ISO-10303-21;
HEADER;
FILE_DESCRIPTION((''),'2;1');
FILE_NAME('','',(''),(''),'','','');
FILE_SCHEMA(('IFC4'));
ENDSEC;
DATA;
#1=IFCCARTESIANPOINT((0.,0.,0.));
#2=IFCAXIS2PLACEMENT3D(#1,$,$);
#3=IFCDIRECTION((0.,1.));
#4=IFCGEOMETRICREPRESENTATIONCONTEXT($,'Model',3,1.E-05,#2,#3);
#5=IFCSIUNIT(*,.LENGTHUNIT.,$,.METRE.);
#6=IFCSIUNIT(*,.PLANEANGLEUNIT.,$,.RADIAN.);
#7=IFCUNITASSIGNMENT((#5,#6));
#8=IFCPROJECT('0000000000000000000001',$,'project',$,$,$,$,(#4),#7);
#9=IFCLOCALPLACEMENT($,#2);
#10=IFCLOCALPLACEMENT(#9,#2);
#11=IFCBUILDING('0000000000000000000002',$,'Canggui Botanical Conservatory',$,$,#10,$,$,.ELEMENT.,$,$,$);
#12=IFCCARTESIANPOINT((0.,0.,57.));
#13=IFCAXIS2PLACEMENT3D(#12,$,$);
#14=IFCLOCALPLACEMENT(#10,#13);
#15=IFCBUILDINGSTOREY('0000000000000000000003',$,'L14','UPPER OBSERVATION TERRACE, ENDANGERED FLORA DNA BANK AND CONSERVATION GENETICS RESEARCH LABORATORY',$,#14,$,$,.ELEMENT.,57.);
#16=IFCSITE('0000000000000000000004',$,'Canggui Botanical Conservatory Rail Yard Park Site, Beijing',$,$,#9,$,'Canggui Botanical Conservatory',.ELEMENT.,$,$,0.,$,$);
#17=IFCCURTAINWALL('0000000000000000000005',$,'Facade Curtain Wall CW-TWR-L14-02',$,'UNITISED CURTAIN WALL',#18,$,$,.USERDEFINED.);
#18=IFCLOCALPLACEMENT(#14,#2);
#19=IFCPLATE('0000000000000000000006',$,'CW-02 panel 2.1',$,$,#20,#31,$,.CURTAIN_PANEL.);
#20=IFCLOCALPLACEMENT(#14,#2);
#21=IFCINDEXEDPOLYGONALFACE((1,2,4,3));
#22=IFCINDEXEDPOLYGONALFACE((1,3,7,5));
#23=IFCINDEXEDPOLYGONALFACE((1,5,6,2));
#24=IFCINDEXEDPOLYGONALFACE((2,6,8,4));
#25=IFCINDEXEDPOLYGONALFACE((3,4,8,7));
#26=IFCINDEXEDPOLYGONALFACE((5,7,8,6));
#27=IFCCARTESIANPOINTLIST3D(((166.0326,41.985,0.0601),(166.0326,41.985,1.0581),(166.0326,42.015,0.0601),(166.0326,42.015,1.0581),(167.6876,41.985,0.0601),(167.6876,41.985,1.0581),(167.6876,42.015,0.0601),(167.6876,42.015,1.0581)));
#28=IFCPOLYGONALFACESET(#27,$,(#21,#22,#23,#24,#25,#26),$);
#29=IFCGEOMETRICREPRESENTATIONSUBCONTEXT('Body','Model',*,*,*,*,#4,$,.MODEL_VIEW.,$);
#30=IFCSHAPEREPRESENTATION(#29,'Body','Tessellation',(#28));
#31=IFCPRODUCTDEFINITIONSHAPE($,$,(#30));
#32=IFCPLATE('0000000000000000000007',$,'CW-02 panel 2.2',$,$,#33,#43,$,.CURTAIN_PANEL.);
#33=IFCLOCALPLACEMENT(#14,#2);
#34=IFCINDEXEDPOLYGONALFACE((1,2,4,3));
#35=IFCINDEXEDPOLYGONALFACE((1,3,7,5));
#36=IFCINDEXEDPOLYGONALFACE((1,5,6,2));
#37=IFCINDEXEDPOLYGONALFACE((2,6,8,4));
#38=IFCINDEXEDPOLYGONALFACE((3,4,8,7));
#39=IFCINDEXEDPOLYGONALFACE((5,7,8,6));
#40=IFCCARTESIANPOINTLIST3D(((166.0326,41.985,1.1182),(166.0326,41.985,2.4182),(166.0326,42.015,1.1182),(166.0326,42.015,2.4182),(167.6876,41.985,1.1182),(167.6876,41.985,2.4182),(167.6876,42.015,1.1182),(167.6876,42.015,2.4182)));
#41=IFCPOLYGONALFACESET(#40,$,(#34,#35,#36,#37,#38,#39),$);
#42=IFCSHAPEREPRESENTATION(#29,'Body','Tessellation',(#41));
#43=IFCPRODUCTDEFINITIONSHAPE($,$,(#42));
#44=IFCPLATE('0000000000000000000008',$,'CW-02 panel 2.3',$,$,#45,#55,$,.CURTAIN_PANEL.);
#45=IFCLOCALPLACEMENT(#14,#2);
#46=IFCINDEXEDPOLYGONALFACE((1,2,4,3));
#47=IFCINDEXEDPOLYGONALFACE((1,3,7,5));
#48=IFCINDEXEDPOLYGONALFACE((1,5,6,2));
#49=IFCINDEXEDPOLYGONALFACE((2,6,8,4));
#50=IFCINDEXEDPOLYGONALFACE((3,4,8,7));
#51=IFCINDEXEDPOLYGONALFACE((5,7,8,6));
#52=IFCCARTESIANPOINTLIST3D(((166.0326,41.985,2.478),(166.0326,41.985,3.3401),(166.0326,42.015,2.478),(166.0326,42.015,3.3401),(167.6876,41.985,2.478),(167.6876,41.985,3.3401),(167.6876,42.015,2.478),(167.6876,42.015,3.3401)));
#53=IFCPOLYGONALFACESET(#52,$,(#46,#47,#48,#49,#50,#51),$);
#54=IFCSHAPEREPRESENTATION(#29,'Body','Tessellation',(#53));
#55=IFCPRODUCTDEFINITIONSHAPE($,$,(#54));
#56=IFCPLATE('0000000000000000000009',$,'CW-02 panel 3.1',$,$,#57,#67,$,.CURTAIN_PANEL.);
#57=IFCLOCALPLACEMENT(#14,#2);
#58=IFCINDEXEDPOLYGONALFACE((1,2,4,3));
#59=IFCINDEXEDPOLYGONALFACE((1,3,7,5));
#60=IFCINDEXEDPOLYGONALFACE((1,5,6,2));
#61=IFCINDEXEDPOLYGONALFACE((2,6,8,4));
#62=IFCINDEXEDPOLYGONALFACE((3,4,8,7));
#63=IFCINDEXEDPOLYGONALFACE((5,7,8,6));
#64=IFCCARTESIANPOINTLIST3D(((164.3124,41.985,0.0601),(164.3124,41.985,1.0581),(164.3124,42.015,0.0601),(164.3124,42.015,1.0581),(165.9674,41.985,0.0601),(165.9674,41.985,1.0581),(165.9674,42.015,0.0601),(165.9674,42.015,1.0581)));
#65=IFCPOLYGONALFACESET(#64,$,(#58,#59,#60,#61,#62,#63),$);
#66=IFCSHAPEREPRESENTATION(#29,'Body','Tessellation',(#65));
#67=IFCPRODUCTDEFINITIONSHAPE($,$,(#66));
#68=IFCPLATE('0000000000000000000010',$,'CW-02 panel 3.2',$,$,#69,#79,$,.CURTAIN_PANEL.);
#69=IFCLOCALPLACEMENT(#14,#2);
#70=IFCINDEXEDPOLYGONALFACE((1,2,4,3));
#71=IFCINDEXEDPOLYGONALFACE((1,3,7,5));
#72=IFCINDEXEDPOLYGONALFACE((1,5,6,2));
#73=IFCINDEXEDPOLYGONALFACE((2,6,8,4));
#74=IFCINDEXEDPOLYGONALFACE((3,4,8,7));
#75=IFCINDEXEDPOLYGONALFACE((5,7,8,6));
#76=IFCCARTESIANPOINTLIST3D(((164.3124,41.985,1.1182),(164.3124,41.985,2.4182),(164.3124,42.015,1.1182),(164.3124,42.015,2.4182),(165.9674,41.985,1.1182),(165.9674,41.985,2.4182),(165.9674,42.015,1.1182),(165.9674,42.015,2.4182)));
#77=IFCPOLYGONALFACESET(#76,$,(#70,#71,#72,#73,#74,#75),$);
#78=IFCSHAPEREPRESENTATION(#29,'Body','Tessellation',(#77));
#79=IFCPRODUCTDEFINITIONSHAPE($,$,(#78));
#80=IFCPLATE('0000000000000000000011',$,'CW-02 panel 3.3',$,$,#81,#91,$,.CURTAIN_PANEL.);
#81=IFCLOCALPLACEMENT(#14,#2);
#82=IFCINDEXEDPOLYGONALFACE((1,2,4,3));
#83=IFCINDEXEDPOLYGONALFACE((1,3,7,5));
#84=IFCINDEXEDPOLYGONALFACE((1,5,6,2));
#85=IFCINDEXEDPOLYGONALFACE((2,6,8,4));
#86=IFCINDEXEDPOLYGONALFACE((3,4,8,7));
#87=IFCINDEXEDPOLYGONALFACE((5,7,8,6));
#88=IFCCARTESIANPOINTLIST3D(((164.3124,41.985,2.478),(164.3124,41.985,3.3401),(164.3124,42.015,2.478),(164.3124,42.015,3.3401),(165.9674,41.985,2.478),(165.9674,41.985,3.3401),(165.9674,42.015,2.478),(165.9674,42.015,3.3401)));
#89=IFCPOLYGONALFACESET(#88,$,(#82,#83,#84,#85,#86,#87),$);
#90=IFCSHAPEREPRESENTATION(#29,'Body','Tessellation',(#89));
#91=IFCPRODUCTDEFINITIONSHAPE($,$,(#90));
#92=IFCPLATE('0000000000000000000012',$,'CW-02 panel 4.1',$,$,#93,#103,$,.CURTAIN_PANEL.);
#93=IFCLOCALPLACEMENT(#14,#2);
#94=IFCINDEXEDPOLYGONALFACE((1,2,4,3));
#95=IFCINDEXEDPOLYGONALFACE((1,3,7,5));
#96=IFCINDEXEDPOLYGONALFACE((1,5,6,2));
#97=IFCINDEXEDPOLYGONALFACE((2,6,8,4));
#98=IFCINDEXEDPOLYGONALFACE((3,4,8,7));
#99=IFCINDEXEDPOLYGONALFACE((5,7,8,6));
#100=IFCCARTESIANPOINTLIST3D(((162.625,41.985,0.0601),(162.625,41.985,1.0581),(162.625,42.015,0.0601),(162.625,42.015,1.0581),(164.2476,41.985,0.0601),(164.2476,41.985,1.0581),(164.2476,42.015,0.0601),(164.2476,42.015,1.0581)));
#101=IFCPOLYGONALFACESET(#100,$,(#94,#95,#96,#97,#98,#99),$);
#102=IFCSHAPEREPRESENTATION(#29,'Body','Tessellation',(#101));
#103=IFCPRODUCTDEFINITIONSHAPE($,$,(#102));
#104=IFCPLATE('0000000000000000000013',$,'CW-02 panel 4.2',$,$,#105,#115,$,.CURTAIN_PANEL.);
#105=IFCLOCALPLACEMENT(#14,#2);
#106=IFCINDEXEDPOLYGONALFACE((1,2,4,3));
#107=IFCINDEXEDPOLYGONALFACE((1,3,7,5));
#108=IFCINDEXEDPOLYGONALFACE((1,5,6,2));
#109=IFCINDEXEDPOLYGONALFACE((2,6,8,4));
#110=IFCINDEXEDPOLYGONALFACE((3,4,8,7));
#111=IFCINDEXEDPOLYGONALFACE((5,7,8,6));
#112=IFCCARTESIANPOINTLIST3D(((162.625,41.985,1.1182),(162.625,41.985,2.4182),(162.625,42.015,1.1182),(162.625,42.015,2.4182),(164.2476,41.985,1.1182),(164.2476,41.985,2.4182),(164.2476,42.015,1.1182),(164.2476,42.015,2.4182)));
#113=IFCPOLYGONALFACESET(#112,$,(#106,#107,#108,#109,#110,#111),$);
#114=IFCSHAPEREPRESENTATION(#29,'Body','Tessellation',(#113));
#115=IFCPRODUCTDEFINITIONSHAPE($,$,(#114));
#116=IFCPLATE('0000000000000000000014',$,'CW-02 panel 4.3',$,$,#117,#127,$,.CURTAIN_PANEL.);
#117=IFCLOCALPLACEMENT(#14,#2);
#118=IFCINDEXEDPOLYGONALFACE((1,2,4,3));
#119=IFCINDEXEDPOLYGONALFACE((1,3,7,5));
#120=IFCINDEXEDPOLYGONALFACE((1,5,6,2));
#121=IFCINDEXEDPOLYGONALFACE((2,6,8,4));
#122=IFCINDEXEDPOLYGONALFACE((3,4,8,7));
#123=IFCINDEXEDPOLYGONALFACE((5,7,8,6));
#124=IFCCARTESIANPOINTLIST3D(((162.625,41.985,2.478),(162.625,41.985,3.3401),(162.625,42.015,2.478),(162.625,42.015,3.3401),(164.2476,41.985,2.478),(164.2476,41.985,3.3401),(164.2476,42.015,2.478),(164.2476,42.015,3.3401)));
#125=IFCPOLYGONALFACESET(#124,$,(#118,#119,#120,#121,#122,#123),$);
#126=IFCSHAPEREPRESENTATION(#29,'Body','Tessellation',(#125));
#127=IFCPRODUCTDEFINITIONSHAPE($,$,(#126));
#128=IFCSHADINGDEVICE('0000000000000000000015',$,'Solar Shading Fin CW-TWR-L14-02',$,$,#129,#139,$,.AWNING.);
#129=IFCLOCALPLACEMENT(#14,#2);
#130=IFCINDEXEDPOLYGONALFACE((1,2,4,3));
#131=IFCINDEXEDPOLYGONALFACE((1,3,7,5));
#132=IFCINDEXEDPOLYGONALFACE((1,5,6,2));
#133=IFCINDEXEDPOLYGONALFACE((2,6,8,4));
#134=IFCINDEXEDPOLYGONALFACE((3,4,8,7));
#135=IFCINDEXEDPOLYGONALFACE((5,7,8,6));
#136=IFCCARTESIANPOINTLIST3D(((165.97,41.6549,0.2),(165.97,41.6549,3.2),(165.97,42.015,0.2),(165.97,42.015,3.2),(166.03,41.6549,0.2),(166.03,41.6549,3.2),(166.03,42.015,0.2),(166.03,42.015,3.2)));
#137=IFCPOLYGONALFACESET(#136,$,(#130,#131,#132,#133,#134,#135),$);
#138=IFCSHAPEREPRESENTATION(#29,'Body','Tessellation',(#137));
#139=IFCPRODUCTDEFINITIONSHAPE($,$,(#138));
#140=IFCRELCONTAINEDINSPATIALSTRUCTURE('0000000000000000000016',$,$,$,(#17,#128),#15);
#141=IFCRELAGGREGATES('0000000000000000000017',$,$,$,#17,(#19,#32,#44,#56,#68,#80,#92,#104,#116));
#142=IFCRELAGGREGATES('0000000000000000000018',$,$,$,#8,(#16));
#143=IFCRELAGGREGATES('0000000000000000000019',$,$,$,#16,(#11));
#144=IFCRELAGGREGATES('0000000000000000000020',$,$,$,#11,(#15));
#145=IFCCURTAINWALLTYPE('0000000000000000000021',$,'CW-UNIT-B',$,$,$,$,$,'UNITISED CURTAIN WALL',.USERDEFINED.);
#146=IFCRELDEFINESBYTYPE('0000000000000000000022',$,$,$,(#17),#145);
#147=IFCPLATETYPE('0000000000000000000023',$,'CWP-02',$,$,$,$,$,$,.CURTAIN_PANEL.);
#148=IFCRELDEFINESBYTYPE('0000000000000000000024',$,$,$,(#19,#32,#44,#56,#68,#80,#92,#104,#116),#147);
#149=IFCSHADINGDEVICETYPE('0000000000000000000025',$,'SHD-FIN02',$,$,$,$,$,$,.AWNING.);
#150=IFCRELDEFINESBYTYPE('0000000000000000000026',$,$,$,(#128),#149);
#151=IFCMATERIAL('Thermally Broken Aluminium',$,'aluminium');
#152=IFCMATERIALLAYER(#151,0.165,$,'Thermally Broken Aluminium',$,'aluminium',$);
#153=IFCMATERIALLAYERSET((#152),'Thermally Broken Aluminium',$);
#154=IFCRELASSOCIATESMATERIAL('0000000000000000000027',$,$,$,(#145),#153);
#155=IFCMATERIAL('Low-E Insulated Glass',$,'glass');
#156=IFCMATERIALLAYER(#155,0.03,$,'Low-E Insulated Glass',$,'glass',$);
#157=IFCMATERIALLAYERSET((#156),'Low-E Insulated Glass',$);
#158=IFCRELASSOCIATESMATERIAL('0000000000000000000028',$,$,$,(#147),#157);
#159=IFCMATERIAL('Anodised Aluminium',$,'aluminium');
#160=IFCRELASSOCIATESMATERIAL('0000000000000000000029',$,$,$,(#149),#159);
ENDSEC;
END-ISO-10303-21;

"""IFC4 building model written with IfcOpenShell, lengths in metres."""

from ifc_helpers import new_model, si_unit, direction, frame, origin, origin_2d, place, context, subcontext, project, spatial, rectangle, extrude, material, layer, layer_set, type_object, element, aggregate, save


model = new_model("IFC4")

# Units and contexts
model_context = context("Model", 3, precision=1e-05, world=origin(), true_north=direction((0.0, 1.0)))
body_context = subcontext(model_context, "Body", "Model", "MODEL_VIEW")
ifc_project = project(units=[si_unit("LENGTHUNIT", "METRE"), si_unit("PLANEANGLEUNIT", "RADIAN")], contexts=[model_context])

# Site, building, storey
site_placement = place(None, origin())
site = spatial("IfcSite", under=ifc_project, at=site_placement, Name="Canggui Botanical Conservatory Rail Yard Park Site, Beijing", LongName="Canggui Botanical Conservatory", CompositionType="ELEMENT", RefElevation=0.0)
building_placement = place(site_placement, origin())
building = spatial("IfcBuilding", under=site, at=building_placement, Name="Canggui Botanical Conservatory", CompositionType="ELEMENT")
storey_placement = place(building_placement, frame((0.0, 0.0, 57.0)))
storey = spatial("IfcBuildingStorey", under=building, at=storey_placement, Name="L14", Description="UPPER OBSERVATION TERRACE, ENDANGERED FLORA DNA BANK AND CONSERVATION GENETICS RESEARCH LABORATORY", CompositionType="ELEMENT", Elevation=57.0)

# Curtain wall, plates
ifc_material_1 = material(Name="Thermally Broken Aluminium", Category="aluminium")
ifc_layer_1 = layer(ifc_material_1, 0.165, Name="Thermally Broken Aluminium", Category="aluminium")
ifc_layer_set_1 = layer_set([ifc_layer_1], Name="Thermally Broken Aluminium")
curtain_wall_type = type_object("IfcCurtainWallType", Name="CW-UNIT-B", ElementType="UNITISED CURTAIN WALL", PredefinedType="USERDEFINED", material=ifc_layer_set_1)
curtain_wall_placement = place(storey_placement, origin())
curtain_wall = element("IfcCurtainWall", 1, at=curtain_wall_placement, inside=storey, type_object=curtain_wall_type, Name="Facade Curtain Wall CW-TWR-L14-02", ObjectType="UNITISED CURTAIN WALL", PredefinedType="USERDEFINED")
ifc_material_2 = material(Name="Low-E Insulated Glass", Category="glass")
ifc_layer_2 = layer(ifc_material_2, 0.03, Name="Low-E Insulated Glass", Category="glass")
ifc_layer_set_2 = layer_set([ifc_layer_2], Name="Low-E Insulated Glass")
plate_type = type_object("IfcPlateType", Name="CWP-02", PredefinedType="CURTAIN_PANEL", material=ifc_layer_set_2)
plate_1_placement = place(storey_placement, frame((166.8601, 42.0, 0.0601), z_axis=(0.0, 0.0, 1.0), x_axis=(-1.0, 0.0, 0.0)))
plate_1 = element("IfcPlate", 2, at=plate_1_placement, type_object=plate_type, Name="CW-02 panel 2.1", PredefinedType="CURTAIN_PANEL", context=body_context, shape_type="SweptSolid", body=[
    extrude(rectangle(XDim=1.655, YDim=0.03, at=origin_2d()), origin(), (0.0, 0.0, 1.0), 0.998),
])
plate_2_placement = place(storey_placement, frame((166.8601, 42.0, 1.1182), z_axis=(0.0, 0.0, 1.0), x_axis=(-1.0, 0.0, 0.0)))
plate_2 = element("IfcPlate", 3, at=plate_2_placement, type_object=plate_type, Name="CW-02 panel 2.2", PredefinedType="CURTAIN_PANEL", context=body_context, shape_type="SweptSolid", body=[
    extrude(rectangle(XDim=1.655, YDim=0.03, at=origin_2d()), origin(), (0.0, 0.0, 1.0), 1.3),
])
plate_3_placement = place(storey_placement, frame((166.8601, 42.0, 2.478), z_axis=(0.0, 0.0, 1.0), x_axis=(-1.0, 0.0, 0.0)))
plate_3 = element("IfcPlate", 4, at=plate_3_placement, type_object=plate_type, Name="CW-02 panel 2.3", PredefinedType="CURTAIN_PANEL", context=body_context, shape_type="SweptSolid", body=[
    extrude(rectangle(XDim=1.655, YDim=0.03, at=origin_2d()), origin(), (0.0, 0.0, 1.0), 0.8621),
])
plate_4_placement = place(storey_placement, frame((165.1399, 42.0, 0.0601), z_axis=(0.0, 0.0, 1.0), x_axis=(-1.0, 0.0, 0.0)))
plate_4 = element("IfcPlate", 5, at=plate_4_placement, type_object=plate_type, Name="CW-02 panel 3.1", PredefinedType="CURTAIN_PANEL", context=body_context, shape_type="SweptSolid", body=[
    extrude(rectangle(XDim=1.655, YDim=0.03, at=origin_2d()), origin(), (0.0, 0.0, 1.0), 0.998),
])
plate_5_placement = place(storey_placement, frame((165.1399, 42.0, 1.1182), z_axis=(0.0, 0.0, 1.0), x_axis=(-1.0, 0.0, 0.0)))
plate_5 = element("IfcPlate", 6, at=plate_5_placement, type_object=plate_type, Name="CW-02 panel 3.2", PredefinedType="CURTAIN_PANEL", context=body_context, shape_type="SweptSolid", body=[
    extrude(rectangle(XDim=1.655, YDim=0.03, at=origin_2d()), origin(), (0.0, 0.0, 1.0), 1.3),
])
plate_6_placement = place(storey_placement, frame((165.1399, 42.0, 2.478), z_axis=(0.0, 0.0, 1.0), x_axis=(-1.0, 0.0, 0.0)))
plate_6 = element("IfcPlate", 7, at=plate_6_placement, type_object=plate_type, Name="CW-02 panel 3.3", PredefinedType="CURTAIN_PANEL", context=body_context, shape_type="SweptSolid", body=[
    extrude(rectangle(XDim=1.655, YDim=0.03, at=origin_2d()), origin(), (0.0, 0.0, 1.0), 0.8621),
])
plate_7_placement = place(storey_placement, frame((163.4363, 42.0, 0.0601), z_axis=(0.0, 0.0, 1.0), x_axis=(-1.0, 0.0, 0.0)))
plate_7 = element("IfcPlate", 8, at=plate_7_placement, type_object=plate_type, Name="CW-02 panel 4.1", PredefinedType="CURTAIN_PANEL", context=body_context, shape_type="SweptSolid", body=[
    extrude(rectangle(XDim=1.6226, YDim=0.03, at=origin_2d()), origin(), (0.0, 0.0, 1.0), 0.998),
])
plate_8_placement = place(storey_placement, frame((163.4363, 42.0, 1.1182), z_axis=(0.0, 0.0, 1.0), x_axis=(-1.0, 0.0, 0.0)))
plate_8 = element("IfcPlate", 9, at=plate_8_placement, type_object=plate_type, Name="CW-02 panel 4.2", PredefinedType="CURTAIN_PANEL", context=body_context, shape_type="SweptSolid", body=[
    extrude(rectangle(XDim=1.6226, YDim=0.03, at=origin_2d()), origin(), (0.0, 0.0, 1.0), 1.3),
])
plate_9_placement = place(storey_placement, frame((163.4363, 42.0, 2.478), z_axis=(0.0, 0.0, 1.0), x_axis=(-1.0, 0.0, 0.0)))
plate_9 = element("IfcPlate", 10, at=plate_9_placement, type_object=plate_type, Name="CW-02 panel 4.3", PredefinedType="CURTAIN_PANEL", context=body_context, shape_type="SweptSolid", body=[
    extrude(rectangle(XDim=1.6226, YDim=0.03, at=origin_2d()), origin(), (0.0, 0.0, 1.0), 0.8621),
])
aggregate(curtain_wall, [plate_1, plate_2, plate_3, plate_4, plate_5, plate_6, plate_7, plate_8, plate_9])

# Shading device
ifc_material_3 = material(Name="Anodised Aluminium", Category="aluminium")
shading_device_type = type_object("IfcShadingDeviceType", Name="SHD-FIN02", PredefinedType="AWNING", material=ifc_material_3)
shading_device_placement = place(storey_placement, frame((166.0, 41.835, 0.2), z_axis=(0.0, 0.0, 1.0), x_axis=(-1.0, 0.0, 0.0)))
element("IfcShadingDevice", 11, at=shading_device_placement, inside=storey, type_object=shading_device_type, Name="Solar Shading Fin CW-TWR-L14-02", PredefinedType="AWNING", context=body_context, shape_type="SweptSolid", body=[
    extrude(rectangle(XDim=0.0601, YDim=0.3601, at=origin_2d()), origin(), (0.0, 0.0, 1.0), 3.0),
])

save(model, "model.ifc")
